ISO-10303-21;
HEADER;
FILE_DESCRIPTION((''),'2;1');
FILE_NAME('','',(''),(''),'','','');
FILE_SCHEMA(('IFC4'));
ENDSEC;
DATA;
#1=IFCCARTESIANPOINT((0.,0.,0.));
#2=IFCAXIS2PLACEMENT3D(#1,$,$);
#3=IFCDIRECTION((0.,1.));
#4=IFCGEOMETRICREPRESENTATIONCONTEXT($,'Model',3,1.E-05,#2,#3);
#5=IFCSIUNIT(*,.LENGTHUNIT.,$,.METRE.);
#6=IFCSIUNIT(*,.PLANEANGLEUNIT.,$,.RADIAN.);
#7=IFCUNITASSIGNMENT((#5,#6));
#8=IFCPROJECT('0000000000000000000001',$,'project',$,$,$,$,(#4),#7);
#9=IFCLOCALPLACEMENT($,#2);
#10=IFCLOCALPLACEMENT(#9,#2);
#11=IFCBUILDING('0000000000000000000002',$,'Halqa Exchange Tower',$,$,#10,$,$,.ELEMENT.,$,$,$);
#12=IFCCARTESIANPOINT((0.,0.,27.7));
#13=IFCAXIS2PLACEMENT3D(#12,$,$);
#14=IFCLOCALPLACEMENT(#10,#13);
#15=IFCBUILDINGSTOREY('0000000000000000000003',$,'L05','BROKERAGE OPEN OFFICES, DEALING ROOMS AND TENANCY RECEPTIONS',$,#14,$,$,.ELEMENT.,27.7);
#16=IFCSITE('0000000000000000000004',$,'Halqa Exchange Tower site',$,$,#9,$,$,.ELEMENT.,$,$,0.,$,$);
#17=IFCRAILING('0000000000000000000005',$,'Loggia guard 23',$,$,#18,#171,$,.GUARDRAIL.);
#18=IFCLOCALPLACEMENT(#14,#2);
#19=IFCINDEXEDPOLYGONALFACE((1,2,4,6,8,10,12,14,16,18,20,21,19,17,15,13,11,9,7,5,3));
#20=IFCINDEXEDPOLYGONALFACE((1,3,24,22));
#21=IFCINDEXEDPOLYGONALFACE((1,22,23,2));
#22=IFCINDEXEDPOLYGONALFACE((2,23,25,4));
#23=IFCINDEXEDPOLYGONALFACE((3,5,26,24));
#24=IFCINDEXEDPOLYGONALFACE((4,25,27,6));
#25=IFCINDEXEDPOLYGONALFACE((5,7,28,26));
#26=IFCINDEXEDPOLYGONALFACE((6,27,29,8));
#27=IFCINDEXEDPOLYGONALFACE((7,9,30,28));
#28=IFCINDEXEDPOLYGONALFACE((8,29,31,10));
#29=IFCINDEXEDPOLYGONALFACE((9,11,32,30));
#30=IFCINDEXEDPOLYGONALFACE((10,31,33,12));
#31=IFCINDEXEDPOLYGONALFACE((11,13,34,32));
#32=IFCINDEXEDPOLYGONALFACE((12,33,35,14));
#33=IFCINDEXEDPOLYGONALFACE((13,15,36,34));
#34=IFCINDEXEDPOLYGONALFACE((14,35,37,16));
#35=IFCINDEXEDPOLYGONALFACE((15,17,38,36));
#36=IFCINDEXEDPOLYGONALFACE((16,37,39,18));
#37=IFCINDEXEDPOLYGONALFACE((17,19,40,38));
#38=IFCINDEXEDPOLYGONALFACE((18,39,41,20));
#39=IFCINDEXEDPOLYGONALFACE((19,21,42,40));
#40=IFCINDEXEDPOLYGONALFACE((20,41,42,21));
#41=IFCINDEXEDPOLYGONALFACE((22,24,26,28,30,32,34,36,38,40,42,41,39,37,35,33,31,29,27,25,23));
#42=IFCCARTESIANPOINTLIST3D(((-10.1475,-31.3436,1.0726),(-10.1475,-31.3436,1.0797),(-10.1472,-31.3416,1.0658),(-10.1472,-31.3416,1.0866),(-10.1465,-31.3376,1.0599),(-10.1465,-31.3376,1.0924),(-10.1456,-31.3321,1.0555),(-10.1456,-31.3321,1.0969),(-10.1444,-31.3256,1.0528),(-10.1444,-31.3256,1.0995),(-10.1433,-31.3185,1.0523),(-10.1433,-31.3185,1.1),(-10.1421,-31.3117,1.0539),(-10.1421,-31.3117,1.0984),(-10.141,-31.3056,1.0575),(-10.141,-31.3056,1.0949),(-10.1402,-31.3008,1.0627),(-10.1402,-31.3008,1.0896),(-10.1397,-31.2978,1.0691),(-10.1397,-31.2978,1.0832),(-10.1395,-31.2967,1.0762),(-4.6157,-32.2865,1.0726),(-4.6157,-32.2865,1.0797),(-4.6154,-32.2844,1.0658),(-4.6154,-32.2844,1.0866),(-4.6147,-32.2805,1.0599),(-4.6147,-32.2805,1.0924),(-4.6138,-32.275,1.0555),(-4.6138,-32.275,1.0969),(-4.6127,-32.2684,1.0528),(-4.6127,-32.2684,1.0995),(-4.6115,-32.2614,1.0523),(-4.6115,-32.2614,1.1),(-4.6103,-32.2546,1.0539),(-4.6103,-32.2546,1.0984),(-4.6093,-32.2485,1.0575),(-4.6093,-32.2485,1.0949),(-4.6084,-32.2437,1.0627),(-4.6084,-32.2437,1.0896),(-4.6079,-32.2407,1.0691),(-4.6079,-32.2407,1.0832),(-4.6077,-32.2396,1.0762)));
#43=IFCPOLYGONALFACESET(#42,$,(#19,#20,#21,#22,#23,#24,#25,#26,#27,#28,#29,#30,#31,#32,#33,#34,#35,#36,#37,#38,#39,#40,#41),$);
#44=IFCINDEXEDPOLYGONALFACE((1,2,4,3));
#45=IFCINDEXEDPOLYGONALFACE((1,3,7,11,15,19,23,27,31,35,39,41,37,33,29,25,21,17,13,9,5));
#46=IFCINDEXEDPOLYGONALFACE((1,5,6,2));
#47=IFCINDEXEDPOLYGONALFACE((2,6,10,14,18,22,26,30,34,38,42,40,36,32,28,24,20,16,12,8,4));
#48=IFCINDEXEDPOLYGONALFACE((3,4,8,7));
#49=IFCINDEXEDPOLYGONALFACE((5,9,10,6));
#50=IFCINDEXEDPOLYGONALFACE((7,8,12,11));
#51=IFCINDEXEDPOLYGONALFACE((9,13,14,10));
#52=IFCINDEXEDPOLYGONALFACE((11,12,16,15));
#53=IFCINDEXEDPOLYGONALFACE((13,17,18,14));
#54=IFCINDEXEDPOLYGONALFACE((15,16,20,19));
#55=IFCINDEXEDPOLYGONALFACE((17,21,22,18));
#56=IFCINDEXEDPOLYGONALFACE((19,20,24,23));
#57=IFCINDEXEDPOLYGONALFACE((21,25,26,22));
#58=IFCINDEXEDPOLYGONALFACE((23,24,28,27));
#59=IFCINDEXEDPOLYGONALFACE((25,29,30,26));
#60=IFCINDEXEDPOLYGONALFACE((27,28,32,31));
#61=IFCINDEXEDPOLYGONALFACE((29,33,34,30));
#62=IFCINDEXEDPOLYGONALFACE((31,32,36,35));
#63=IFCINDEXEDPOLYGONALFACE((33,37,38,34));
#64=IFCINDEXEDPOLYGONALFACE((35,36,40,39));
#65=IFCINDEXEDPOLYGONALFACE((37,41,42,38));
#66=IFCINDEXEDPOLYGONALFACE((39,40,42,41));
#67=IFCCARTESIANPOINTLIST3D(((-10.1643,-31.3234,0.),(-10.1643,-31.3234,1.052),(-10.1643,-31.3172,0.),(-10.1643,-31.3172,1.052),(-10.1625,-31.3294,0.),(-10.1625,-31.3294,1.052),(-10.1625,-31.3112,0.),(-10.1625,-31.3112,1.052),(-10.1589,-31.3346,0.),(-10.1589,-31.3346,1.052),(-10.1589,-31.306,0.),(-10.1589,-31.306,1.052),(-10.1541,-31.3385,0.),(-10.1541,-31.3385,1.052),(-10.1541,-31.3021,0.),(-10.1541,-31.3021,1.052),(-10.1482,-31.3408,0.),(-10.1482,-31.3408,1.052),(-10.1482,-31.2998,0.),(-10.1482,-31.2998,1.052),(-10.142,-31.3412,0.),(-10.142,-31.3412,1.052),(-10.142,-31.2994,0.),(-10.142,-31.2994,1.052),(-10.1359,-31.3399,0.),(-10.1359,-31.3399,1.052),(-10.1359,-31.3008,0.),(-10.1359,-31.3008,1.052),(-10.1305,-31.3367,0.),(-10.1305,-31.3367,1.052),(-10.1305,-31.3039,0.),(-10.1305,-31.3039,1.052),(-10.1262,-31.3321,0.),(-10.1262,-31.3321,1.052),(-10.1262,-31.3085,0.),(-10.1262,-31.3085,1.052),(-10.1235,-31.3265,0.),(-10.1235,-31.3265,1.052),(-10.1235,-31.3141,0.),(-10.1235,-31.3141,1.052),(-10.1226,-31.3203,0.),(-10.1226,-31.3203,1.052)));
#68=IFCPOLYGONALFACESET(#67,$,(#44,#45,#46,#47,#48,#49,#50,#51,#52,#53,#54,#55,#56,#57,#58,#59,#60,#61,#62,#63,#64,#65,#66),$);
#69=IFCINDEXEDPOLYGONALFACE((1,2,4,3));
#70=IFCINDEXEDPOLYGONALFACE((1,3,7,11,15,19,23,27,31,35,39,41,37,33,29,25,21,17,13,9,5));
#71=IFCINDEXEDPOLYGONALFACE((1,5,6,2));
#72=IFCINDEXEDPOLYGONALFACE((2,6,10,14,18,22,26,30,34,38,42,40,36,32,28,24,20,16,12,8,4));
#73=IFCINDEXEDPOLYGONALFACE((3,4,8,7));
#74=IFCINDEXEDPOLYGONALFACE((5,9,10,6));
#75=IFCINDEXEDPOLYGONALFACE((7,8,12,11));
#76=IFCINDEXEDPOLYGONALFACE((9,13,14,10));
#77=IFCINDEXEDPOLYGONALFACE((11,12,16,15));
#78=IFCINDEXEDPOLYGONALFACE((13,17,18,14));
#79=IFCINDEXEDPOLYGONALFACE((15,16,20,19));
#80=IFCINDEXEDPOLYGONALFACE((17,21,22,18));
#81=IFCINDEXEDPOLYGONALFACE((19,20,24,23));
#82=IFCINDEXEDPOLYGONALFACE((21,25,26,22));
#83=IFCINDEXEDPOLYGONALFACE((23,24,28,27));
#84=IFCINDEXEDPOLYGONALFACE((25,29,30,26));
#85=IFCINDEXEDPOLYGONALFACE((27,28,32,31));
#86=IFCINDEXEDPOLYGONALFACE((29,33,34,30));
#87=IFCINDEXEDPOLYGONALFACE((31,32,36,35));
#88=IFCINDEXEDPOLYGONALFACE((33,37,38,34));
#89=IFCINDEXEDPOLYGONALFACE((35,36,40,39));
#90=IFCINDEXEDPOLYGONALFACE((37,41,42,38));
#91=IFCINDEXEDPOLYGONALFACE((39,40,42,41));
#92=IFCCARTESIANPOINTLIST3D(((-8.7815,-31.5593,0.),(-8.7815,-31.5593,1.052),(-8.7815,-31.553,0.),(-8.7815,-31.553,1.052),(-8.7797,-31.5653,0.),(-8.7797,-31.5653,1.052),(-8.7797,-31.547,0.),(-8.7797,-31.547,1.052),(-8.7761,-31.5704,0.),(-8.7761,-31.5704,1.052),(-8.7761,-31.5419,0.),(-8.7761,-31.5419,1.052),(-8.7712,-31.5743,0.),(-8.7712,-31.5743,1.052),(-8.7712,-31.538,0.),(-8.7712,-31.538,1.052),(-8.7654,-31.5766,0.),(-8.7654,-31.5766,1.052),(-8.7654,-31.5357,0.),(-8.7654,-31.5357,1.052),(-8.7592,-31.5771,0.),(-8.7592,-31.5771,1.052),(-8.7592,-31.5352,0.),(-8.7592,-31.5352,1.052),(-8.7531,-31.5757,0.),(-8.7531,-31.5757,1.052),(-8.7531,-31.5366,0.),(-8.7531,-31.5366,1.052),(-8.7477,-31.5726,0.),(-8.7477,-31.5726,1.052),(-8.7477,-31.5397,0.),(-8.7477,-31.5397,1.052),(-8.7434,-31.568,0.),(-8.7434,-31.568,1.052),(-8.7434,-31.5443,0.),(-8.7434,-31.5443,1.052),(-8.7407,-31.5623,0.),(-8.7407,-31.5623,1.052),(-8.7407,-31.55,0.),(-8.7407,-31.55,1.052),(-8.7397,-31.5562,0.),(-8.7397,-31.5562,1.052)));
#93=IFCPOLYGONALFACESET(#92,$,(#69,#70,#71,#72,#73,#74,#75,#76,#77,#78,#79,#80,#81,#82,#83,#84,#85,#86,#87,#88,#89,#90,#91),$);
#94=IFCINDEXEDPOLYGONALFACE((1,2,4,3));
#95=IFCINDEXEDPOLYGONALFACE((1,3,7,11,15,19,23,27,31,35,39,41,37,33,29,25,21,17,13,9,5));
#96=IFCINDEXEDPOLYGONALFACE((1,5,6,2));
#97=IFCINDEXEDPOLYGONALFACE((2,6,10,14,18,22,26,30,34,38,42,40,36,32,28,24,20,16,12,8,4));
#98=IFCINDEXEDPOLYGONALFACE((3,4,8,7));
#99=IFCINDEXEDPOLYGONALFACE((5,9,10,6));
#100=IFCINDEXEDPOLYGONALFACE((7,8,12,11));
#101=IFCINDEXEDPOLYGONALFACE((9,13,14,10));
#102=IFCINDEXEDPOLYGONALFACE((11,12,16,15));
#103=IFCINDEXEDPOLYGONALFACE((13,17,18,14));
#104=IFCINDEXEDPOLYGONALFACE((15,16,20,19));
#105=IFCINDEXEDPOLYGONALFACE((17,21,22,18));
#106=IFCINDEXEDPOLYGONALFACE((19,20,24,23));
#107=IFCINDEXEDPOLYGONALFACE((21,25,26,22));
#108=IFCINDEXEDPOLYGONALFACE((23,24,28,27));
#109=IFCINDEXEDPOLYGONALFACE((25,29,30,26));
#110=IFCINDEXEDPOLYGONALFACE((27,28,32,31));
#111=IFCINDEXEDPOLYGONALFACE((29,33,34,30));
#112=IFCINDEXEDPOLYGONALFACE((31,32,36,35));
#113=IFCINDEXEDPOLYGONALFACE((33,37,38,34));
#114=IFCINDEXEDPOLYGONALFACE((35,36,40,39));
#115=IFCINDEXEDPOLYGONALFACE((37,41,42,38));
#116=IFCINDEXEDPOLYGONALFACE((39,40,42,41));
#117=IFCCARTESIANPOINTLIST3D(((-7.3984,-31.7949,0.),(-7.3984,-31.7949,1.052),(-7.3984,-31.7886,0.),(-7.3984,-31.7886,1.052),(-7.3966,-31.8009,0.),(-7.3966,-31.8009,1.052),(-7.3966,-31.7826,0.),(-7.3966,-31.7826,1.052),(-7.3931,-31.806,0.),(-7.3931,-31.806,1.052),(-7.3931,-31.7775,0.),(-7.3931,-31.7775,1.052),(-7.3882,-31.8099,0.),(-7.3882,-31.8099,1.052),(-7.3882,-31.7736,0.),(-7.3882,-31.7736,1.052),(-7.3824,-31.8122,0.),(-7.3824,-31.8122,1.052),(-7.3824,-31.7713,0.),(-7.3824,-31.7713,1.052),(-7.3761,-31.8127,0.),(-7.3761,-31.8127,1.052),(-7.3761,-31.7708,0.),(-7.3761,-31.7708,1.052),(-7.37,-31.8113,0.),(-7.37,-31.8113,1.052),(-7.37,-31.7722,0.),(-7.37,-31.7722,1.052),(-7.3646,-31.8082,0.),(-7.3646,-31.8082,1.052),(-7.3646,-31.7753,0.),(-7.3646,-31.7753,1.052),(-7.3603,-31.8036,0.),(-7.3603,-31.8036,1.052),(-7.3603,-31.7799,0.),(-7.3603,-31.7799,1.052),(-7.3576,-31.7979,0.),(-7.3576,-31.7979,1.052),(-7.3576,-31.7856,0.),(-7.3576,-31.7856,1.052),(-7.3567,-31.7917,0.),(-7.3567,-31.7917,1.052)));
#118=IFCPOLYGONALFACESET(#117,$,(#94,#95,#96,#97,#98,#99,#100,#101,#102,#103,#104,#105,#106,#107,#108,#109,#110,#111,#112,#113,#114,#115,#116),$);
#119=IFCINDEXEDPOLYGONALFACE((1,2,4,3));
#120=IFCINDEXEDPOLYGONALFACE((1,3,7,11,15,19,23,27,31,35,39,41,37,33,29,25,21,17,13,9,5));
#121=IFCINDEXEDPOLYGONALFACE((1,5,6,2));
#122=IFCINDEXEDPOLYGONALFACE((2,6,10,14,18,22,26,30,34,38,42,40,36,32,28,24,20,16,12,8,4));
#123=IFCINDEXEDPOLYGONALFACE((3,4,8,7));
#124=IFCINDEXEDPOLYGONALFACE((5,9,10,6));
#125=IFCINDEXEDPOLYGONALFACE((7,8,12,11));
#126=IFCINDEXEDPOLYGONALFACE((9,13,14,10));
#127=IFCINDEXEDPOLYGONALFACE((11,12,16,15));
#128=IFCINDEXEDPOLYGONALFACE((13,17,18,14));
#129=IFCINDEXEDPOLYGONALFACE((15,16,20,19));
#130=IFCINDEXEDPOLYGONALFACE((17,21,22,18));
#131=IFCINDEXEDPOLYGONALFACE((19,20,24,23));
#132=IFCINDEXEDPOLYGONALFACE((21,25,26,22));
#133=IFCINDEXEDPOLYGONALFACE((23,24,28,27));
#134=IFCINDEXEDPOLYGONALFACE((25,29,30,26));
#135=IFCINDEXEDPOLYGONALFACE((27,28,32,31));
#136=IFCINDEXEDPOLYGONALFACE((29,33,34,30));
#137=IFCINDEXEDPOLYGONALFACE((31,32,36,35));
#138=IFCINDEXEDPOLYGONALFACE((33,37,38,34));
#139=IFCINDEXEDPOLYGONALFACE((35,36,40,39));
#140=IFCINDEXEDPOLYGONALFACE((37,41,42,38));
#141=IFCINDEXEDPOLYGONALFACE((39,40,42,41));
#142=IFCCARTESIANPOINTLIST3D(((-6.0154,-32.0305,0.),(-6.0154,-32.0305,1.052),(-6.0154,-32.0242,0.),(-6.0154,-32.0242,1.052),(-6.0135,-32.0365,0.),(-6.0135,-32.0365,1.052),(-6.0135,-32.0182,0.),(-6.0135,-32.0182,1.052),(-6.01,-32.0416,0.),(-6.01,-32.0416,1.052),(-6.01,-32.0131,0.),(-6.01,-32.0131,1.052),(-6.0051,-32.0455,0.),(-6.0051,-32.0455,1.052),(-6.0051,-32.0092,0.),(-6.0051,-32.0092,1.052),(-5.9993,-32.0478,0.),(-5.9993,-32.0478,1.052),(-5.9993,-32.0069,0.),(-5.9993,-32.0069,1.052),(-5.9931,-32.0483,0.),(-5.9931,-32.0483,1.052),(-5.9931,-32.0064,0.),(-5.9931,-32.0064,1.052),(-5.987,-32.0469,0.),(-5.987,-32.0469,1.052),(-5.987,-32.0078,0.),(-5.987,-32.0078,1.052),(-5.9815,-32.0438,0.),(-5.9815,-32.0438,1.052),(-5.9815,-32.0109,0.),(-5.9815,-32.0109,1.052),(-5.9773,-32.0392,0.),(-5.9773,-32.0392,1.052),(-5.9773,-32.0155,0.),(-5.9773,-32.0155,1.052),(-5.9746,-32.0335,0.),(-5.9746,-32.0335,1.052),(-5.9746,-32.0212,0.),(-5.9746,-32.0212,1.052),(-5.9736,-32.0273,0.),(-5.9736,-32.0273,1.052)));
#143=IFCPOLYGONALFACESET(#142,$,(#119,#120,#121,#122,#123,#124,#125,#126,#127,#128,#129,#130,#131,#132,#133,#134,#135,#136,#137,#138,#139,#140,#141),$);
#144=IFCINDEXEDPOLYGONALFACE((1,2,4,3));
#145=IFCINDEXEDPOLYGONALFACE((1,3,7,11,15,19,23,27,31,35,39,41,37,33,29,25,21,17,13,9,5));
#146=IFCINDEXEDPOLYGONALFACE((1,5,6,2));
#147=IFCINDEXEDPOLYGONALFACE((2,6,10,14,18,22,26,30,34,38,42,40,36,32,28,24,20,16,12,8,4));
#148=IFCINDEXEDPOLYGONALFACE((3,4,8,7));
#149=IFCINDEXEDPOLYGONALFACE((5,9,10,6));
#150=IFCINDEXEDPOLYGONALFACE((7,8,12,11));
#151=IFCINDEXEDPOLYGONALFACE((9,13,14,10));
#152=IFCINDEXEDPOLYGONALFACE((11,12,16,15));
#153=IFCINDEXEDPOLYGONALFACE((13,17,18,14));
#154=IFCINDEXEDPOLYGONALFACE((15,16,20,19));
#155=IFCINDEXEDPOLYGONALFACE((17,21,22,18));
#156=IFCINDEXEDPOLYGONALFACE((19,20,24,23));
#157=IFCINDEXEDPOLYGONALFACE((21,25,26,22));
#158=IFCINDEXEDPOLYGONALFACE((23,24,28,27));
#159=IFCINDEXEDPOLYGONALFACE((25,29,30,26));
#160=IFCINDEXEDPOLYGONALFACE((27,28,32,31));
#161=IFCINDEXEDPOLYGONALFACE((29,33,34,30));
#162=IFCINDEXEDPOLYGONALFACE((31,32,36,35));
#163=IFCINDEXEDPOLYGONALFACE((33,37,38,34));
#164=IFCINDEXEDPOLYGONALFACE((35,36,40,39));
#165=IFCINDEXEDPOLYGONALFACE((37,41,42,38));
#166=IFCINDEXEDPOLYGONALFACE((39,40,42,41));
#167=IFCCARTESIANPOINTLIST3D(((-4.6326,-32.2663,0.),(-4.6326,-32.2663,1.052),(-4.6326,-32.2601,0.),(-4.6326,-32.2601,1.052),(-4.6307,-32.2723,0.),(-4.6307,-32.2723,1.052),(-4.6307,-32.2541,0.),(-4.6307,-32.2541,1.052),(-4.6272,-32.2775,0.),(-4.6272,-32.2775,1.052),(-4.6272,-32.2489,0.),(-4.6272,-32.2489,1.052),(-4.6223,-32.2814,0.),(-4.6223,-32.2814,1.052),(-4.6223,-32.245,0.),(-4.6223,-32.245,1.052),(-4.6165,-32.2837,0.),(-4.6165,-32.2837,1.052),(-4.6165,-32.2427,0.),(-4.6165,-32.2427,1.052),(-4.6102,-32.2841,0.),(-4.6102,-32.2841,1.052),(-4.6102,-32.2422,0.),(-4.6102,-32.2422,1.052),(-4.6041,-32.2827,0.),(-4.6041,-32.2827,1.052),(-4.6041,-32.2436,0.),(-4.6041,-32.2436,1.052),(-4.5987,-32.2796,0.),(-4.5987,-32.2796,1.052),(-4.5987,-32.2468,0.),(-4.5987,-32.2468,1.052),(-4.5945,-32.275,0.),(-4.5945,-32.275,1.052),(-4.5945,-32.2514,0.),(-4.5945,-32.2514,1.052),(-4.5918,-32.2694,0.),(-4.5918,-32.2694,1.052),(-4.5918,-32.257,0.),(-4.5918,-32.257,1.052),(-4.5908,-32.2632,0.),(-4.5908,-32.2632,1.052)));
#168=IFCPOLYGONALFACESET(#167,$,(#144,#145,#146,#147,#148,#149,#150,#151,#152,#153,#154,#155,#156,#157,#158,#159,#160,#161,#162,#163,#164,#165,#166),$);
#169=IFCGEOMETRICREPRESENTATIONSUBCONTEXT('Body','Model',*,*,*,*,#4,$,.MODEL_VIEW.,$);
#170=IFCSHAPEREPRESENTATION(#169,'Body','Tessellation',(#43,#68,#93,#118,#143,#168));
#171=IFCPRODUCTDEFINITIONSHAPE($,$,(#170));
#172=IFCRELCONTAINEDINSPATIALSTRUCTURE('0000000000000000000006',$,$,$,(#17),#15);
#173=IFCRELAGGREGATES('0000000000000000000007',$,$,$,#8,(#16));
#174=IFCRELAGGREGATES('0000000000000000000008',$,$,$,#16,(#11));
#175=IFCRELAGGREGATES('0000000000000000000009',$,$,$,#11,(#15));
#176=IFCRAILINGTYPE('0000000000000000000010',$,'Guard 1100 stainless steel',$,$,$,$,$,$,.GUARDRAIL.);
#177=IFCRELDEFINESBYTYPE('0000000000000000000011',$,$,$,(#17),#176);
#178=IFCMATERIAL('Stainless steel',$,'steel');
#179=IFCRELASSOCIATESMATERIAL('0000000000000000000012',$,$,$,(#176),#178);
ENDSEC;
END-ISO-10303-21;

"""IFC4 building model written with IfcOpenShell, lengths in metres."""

from ifc_helpers import new_model, si_unit, direction, frame, origin, origin_2d, place, context, subcontext, project, spatial, circle, extrude, material, type_object, element, save


model = new_model("IFC4")

# Units and contexts
model_context = context("Model", 3, precision=1e-05, world=origin(), true_north=direction((0.0, 1.0)))
body_context = subcontext(model_context, "Body", "Model", "MODEL_VIEW")
ifc_project = project(units=[si_unit("LENGTHUNIT", "METRE"), si_unit("PLANEANGLEUNIT", "RADIAN")], contexts=[model_context])

# Site, building, storey
site_placement = place(None, origin())
site = spatial("IfcSite", under=ifc_project, at=site_placement, Name="Halqa Exchange Tower site", CompositionType="ELEMENT", RefElevation=0.0)
building_placement = place(site_placement, origin())
building = spatial("IfcBuilding", under=site, at=building_placement, Name="Halqa Exchange Tower", CompositionType="ELEMENT")
storey_placement = place(building_placement, frame((0.0, 0.0, 27.7)))
storey = spatial("IfcBuildingStorey", under=building, at=storey_placement, Name="L05", Description="BROKERAGE OPEN OFFICES, DEALING ROOMS AND TENANCY RECEPTIONS", CompositionType="ELEMENT", Elevation=27.7)

# Railing
ifc_material_1 = material(Name="Stainless steel", Category="steel")
railing_type = type_object("IfcRailingType", Name="Guard 1100 stainless steel", PredefinedType="GUARDRAIL", material=ifc_material_1)
railing_1_placement = place(storey_placement, frame((-10.1436, -31.3203, 0.0)))
element("IfcRailing", 1, at=railing_1_placement, inside=storey, type_object=railing_type, Name="Loggia guard 23", PredefinedType="GUARDRAIL", context=body_context, shape_type="SweptSolid", body=[
    extrude(circle(Radius=0.0239, at=origin_2d()), frame((0.0, 0.0, 1.0762), z_axis=(0.985783, -0.168024, 0.0), x_axis=(0.168024, 0.985783, 0.0)), (0.0, 0.0, 1.0), 5.6116),
    extrude(circle(Radius=0.021, at=origin_2d()), origin(), (0.0, 0.0, 1.0), 1.052),
    extrude(circle(Radius=0.021, at=origin_2d()), frame((1.3828, -0.2358, 0.0)), (0.0, 0.0, 1.0), 1.052),
    extrude(circle(Radius=0.021, at=origin_2d()), frame((2.7659, -0.4714, 0.0)), (0.0, 0.0, 1.0), 1.052),
    extrude(circle(Radius=0.021, at=origin_2d()), frame((4.1489, -0.707, 0.0)), (0.0, 0.0, 1.0), 1.052),
    extrude(circle(Radius=0.021, at=origin_2d()), frame((5.5317, -0.9429, 0.0)), (0.0, 0.0, 1.0), 1.052),
])

save(model, "model.ifc")
